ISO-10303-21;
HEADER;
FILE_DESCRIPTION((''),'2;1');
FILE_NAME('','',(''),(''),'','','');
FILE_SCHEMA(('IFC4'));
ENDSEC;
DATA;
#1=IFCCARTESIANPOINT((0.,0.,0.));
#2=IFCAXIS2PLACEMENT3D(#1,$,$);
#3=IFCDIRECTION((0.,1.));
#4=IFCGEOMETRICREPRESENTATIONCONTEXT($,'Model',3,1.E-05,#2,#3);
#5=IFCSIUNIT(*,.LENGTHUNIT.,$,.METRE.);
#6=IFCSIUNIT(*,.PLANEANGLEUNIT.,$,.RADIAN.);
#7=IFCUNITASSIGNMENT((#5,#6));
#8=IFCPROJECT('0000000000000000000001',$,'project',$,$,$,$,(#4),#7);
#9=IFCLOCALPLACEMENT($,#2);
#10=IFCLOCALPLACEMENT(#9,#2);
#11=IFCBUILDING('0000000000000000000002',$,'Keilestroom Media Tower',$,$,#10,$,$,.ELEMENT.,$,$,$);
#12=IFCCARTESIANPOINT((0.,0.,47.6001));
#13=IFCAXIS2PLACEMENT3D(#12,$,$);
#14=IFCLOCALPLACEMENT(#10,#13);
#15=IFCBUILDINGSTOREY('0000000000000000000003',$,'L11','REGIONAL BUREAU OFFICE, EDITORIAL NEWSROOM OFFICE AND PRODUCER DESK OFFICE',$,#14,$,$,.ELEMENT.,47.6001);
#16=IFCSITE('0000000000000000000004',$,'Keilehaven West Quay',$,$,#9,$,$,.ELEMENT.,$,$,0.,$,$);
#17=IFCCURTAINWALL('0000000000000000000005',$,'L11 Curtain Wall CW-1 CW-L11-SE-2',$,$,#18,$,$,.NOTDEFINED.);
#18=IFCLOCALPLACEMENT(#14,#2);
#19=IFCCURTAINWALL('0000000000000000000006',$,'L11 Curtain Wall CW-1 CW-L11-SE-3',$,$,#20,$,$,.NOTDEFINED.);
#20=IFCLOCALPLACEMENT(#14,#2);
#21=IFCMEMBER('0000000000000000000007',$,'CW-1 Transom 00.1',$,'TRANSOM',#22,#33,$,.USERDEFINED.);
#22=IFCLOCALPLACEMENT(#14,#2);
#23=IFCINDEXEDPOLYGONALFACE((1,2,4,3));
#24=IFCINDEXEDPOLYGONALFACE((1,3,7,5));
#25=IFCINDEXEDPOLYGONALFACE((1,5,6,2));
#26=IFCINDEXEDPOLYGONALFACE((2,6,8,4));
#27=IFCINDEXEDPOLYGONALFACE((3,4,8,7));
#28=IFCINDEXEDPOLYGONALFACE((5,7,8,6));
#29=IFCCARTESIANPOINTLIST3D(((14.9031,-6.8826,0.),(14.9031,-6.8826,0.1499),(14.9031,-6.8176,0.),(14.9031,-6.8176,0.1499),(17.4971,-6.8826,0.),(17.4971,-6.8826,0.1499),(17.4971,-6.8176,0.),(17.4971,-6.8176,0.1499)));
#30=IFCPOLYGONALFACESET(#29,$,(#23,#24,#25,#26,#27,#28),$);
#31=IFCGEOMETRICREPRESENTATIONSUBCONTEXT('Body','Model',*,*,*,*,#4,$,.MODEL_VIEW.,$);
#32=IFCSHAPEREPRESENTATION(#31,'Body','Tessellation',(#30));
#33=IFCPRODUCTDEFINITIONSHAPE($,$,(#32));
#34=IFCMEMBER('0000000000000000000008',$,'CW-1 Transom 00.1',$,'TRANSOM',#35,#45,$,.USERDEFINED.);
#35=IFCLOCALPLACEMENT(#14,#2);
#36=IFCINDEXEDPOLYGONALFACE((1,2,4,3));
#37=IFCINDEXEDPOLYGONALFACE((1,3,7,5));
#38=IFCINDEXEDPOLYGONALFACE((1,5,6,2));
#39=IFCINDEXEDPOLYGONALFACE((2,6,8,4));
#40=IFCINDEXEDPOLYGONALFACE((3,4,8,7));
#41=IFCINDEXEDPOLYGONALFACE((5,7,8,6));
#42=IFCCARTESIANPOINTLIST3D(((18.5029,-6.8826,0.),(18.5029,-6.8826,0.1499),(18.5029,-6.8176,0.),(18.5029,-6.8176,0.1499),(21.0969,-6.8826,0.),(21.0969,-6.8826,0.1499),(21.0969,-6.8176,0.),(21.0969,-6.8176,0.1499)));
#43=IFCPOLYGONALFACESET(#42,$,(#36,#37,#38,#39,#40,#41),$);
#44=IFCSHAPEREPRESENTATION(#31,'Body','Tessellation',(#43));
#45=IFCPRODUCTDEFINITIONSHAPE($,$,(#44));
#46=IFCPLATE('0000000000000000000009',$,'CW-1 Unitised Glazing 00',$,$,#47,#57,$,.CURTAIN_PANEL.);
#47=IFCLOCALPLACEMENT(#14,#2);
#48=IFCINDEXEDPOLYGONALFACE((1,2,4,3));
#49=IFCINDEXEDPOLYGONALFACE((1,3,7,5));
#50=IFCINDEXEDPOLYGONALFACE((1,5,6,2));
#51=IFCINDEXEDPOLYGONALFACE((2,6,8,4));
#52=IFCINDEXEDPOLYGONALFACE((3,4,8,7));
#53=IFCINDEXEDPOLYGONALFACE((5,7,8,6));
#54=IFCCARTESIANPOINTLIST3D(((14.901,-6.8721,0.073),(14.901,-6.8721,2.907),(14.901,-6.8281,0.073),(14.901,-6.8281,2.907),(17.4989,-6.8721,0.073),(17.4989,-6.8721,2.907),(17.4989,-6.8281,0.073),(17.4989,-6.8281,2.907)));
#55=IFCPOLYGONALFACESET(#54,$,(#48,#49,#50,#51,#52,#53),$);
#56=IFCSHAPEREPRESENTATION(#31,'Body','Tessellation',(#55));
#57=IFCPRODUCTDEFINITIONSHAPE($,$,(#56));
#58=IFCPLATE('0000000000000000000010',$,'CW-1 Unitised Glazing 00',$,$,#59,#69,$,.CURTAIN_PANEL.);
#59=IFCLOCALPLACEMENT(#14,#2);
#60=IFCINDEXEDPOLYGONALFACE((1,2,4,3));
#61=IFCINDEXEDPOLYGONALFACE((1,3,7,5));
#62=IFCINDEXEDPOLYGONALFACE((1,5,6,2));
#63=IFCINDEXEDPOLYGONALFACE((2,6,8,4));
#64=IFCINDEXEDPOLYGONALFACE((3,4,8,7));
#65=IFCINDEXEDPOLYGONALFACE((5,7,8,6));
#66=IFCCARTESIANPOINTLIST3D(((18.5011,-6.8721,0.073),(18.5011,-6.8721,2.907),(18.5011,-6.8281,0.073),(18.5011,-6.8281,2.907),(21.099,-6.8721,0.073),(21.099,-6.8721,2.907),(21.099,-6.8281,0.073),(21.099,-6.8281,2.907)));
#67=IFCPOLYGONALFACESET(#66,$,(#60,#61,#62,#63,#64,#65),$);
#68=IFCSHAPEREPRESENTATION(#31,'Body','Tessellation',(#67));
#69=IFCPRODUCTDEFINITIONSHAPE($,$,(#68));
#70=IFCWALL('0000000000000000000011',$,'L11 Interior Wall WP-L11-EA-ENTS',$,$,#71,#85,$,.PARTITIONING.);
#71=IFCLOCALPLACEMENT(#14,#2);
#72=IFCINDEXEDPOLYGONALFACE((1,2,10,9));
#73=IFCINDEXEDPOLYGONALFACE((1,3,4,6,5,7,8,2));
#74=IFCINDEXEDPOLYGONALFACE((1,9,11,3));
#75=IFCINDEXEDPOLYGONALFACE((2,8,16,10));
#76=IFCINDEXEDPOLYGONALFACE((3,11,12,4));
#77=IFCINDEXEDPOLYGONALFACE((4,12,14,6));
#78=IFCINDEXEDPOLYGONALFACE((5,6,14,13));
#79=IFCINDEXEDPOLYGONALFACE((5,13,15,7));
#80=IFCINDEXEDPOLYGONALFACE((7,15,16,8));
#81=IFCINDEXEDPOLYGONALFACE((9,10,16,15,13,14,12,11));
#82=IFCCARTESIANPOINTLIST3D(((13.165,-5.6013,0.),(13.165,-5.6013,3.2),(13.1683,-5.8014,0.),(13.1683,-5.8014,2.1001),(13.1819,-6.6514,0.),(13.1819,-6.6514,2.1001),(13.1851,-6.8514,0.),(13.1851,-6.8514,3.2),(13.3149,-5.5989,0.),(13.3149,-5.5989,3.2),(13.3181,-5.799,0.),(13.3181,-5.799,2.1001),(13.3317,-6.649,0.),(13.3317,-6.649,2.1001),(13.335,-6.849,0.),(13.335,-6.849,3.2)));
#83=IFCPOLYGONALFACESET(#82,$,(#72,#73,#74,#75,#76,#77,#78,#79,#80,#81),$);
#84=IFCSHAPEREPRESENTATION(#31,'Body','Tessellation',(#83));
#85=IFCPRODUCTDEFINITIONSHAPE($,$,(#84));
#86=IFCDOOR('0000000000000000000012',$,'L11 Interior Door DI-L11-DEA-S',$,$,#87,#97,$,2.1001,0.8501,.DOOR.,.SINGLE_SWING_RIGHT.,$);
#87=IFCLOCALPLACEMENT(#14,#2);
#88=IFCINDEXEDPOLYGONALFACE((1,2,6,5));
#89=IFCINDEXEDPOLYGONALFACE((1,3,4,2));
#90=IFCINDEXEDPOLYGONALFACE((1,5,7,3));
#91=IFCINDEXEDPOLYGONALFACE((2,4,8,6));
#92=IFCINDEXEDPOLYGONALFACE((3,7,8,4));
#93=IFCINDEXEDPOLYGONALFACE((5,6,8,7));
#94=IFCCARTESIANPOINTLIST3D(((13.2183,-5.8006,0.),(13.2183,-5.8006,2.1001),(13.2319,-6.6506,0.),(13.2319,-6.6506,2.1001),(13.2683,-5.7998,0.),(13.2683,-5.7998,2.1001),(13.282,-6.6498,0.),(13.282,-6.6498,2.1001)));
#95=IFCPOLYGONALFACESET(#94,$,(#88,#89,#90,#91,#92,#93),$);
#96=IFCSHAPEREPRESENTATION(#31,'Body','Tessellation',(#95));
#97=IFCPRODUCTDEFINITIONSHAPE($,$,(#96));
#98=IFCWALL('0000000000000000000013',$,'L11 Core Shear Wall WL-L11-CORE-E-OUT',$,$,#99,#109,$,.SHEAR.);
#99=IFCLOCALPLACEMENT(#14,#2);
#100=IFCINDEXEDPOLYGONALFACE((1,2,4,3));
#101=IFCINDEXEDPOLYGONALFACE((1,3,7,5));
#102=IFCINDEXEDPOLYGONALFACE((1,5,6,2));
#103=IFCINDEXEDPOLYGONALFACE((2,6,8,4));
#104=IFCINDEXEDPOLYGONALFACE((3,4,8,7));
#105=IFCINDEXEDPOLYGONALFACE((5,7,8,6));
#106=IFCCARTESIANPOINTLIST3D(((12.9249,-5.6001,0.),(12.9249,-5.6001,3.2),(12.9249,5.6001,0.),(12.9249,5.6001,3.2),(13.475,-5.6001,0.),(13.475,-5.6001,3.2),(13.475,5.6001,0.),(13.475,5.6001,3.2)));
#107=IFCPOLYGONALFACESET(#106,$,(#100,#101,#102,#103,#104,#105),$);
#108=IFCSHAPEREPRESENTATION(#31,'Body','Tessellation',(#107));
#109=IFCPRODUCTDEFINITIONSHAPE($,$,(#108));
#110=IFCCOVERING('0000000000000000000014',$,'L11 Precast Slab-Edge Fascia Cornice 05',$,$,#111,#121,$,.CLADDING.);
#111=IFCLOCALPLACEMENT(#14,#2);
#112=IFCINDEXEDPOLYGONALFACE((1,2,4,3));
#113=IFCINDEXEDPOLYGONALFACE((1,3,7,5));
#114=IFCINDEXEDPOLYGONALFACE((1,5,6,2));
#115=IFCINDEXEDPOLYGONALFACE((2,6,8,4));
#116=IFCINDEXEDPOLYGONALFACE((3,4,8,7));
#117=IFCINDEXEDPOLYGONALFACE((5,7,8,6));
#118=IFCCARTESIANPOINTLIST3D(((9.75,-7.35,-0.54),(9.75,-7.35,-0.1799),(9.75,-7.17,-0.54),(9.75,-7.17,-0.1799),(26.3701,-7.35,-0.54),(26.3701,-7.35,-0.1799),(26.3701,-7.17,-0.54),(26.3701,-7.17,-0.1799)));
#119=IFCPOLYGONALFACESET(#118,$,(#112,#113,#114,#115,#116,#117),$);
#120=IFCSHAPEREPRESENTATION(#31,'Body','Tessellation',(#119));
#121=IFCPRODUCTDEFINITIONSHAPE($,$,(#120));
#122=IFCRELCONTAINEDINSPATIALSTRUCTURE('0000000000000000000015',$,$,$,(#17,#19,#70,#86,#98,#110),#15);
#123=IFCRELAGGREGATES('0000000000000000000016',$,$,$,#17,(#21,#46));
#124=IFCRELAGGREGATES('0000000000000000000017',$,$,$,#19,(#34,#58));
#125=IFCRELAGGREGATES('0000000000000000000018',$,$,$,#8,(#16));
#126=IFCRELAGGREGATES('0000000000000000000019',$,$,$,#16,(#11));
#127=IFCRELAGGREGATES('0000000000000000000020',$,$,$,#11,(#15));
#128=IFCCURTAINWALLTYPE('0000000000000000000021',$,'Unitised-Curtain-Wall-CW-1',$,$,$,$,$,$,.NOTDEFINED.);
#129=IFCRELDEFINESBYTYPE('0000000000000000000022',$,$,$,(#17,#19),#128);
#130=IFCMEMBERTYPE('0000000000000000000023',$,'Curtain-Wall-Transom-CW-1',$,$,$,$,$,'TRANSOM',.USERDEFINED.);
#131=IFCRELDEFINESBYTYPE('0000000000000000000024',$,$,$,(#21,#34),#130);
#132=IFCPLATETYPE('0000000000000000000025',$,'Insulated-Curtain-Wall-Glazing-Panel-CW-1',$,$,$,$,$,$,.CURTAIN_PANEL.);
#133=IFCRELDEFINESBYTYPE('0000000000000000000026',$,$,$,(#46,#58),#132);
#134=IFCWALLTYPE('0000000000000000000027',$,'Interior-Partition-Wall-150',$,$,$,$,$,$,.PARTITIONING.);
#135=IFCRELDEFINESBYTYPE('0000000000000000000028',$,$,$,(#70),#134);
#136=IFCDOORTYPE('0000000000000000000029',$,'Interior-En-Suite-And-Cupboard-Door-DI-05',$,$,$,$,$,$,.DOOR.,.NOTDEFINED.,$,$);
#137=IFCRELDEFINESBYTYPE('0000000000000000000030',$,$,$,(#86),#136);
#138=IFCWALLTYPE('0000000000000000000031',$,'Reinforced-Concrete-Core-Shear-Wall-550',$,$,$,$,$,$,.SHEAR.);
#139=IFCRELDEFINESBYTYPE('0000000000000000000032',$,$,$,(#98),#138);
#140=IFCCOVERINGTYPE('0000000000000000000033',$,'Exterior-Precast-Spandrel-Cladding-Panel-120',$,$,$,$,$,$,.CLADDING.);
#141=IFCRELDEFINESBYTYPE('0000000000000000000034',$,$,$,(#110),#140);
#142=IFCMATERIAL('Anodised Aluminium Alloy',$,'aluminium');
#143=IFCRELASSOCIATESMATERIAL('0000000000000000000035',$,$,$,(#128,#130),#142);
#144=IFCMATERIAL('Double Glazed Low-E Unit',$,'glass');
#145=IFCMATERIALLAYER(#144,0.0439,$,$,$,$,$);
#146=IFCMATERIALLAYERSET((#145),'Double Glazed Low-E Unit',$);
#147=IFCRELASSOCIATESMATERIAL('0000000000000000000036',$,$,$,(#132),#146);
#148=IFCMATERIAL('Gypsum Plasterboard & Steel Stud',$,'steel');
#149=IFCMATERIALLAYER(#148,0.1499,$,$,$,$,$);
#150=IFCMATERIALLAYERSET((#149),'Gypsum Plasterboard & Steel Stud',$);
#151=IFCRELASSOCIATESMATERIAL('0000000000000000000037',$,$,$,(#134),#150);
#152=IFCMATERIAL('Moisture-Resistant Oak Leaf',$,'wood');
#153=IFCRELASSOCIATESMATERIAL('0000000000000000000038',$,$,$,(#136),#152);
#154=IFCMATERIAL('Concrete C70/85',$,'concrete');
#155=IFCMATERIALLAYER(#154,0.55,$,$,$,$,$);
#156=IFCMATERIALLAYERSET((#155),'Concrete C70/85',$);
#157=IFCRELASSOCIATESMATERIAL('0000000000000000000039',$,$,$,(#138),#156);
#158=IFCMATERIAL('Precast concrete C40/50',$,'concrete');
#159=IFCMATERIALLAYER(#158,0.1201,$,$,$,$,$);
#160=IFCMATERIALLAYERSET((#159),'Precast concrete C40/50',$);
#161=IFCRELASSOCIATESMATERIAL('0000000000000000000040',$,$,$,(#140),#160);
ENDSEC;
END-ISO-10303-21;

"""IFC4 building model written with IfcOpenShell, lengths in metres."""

from ifc_helpers import new_model, si_unit, direction, frame, frame_2d, origin, origin_2d, place, context, subcontext, project, spatial, rectangle, extrude, source, transform, mapped, material, layer, layer_set, material_profile, profile_set, type_object, element, fill, aggregate, save


model = new_model("IFC4")

# Units and contexts
model_context = context("Model", 3, precision=1e-05, world=origin(), true_north=direction((0.0, 1.0)))
body_context = subcontext(model_context, "Body", "Model", "MODEL_VIEW")
ifc_project = project(units=[si_unit("LENGTHUNIT", "METRE"), si_unit("PLANEANGLEUNIT", "RADIAN")], contexts=[model_context])

# Site, building, storey
site_placement = place(None, origin())
site = spatial("IfcSite", under=ifc_project, at=site_placement, Name="Keilehaven West Quay", CompositionType="ELEMENT", RefElevation=0.0)
building_placement = place(site_placement, origin())
building = spatial("IfcBuilding", under=site, at=building_placement, Name="Keilestroom Media Tower", CompositionType="ELEMENT")
storey_placement = place(building_placement, frame((0.0, 0.0, 47.6001)))
storey = spatial("IfcBuildingStorey", under=building, at=storey_placement, Name="L11", Description="REGIONAL BUREAU OFFICE, EDITORIAL NEWSROOM OFFICE AND PRODUCER DESK OFFICE", CompositionType="ELEMENT", Elevation=47.6001)

# Shared definitions
ifc_material_1 = material(Name="Precast concrete C40/50", Category="concrete")

# Shared definitions
ifc_material_2 = material(Name="Anodised Aluminium Alloy", Category="aluminium")
curtain_wall_type = type_object("IfcCurtainWallType", Name="Unitised-Curtain-Wall-CW-1", PredefinedType="NOTDEFINED", material=ifc_material_2)

# Curtain walls
curtain_wall_1_placement = place(storey_placement, origin())
curtain_wall_1 = element("IfcCurtainWall", 1, at=curtain_wall_1_placement, inside=storey, type_object=curtain_wall_type, Name="L11 Curtain Wall CW-1 CW-L11-SE-2", PredefinedType="NOTDEFINED")
curtain_wall_2_placement = place(storey_placement, origin())
curtain_wall_2 = element("IfcCurtainWall", 2, at=curtain_wall_2_placement, inside=storey, type_object=curtain_wall_type, Name="L11 Curtain Wall CW-1 CW-L11-SE-3", PredefinedType="NOTDEFINED")

# Members
ifc_material_profile_1 = material_profile(ifc_material_2, rectangle(XDim=0.0649, YDim=0.1499, at=origin_2d()), Name="ALU TRANSOM 65x150")
ifc_profile_set_1 = profile_set([ifc_material_profile_1], Name="Anodised Aluminium Alloy")
member_type_1 = type_object("IfcMemberType", Name="Curtain-Wall-Transom-CW-1", ElementType="TRANSOM", PredefinedType="USERDEFINED", material=ifc_profile_set_1)
shared_shape_1 = source(origin(), body_context, "Body", "SweptSolid", [
    extrude(rectangle(XDim=0.0649, YDim=0.1499, at=origin_2d()), origin(), (0.0, 0.0, 1.0), 2.594),
])
member_1_placement = place(storey_placement, frame((14.9031, -6.8501, 0.075), z_axis=(1.0, 0.0, 0.0), x_axis=(0.0, 1.0, 0.0)))
member_1 = element("IfcMember", 3, at=member_1_placement, type_object=member_type_1, Name="CW-1 Transom 00.1", ObjectType="TRANSOM", PredefinedType="USERDEFINED", context=body_context, shape_type="MappedRepresentation", body=[
    mapped(shared_shape_1, transform((0.0, 0.0, 0.0), x_axis=(1.0, 0.0, 0.0), y_axis=(0.0, 1.0, 0.0), z_axis=(0.0, 0.0, 1.0), scale=1.0)),
])
member_2_placement = place(storey_placement, frame((18.5029, -6.8501, 0.075), z_axis=(1.0, 0.0, 0.0), x_axis=(0.0, 1.0, 0.0)))
member_2 = element("IfcMember", 4, at=member_2_placement, type_object=member_type_1, Name="CW-1 Transom 00.1", ObjectType="TRANSOM", PredefinedType="USERDEFINED", context=body_context, shape_type="MappedRepresentation", body=[
    mapped(shared_shape_1, transform((0.0, 0.0, 0.0), x_axis=(1.0, 0.0, 0.0), y_axis=(0.0, 1.0, 0.0), z_axis=(0.0, 0.0, 1.0), scale=1.0)),
])

# Plates
ifc_material_3 = material(Name="Double Glazed Low-E Unit", Category="glass")
ifc_layer_1 = layer(ifc_material_3, 0.0439)
ifc_layer_set_1 = layer_set([ifc_layer_1], Name="Double Glazed Low-E Unit")
plate_type = type_object("IfcPlateType", Name="Insulated-Curtain-Wall-Glazing-Panel-CW-1", PredefinedType="CURTAIN_PANEL", material=ifc_layer_set_1)
shared_shape_2 = source(origin(), body_context, "Body", "SweptSolid", [
    extrude(rectangle(XDim=2.5979, YDim=0.0439, at=origin_2d()), origin(), (0.0, 0.0, 1.0), 2.834),
])
plate_1_placement = place(storey_placement, frame((16.2, -6.8501, 0.073), z_axis=(0.0, 0.0, 1.0), x_axis=(1.0, 0.0, 0.0)))
plate_1 = element("IfcPlate", 5, at=plate_1_placement, type_object=plate_type, Name="CW-1 Unitised Glazing 00", PredefinedType="CURTAIN_PANEL", context=body_context, shape_type="MappedRepresentation", body=[
    mapped(shared_shape_2, transform((0.0, 0.0, 0.0), x_axis=(1.0, 0.0, 0.0), y_axis=(0.0, 1.0, 0.0), z_axis=(0.0, 0.0, 1.0), scale=1.0)),
])
aggregate(curtain_wall_1, [member_1, plate_1])
plate_2_placement = place(storey_placement, frame((19.8, -6.8501, 0.073), z_axis=(0.0, 0.0, 1.0), x_axis=(1.0, 0.0, 0.0)))
plate_2 = element("IfcPlate", 6, at=plate_2_placement, type_object=plate_type, Name="CW-1 Unitised Glazing 00", PredefinedType="CURTAIN_PANEL", context=body_context, shape_type="MappedRepresentation", body=[
    mapped(shared_shape_2, transform((0.0, 0.0, 0.0), x_axis=(1.0, 0.0, 0.0), y_axis=(0.0, 1.0, 0.0), z_axis=(0.0, 0.0, 1.0), scale=1.0)),
])
aggregate(curtain_wall_2, [member_2, plate_2])

# Wall, opening, door
ifc_material_4 = material(Name="Gypsum Plasterboard & Steel Stud", Category="steel")
ifc_layer_2 = layer(ifc_material_4, 0.1499)
ifc_layer_set_2 = layer_set([ifc_layer_2], Name="Gypsum Plasterboard & Steel Stud")
wall_type_1 = type_object("IfcWallType", Name="Interior-Partition-Wall-150", PredefinedType="PARTITIONING", material=ifc_layer_set_2)
wall_1_placement = place(storey_placement, frame((13.26, -6.8501, 0.0), z_axis=(0.0, 0.0, 1.0), x_axis=(-0.016014, 0.999872, 0.0)))
wall_1 = element("IfcWall", 7, at=wall_1_placement, inside=storey, type_object=wall_type_1, Name="L11 Interior Wall WP-L11-EA-ENTS", PredefinedType="PARTITIONING", context=body_context, shape_type="SweptSolid", body=[
    extrude(rectangle(XDim=1.2502, YDim=0.1499, at=frame_2d((0.625, 0.0))), origin(), (0.0, 0.0, 1.0), 3.2),
])
opening_placement = place(wall_1_placement, frame((0.2, 0.0, 0.0)))
opening = element("IfcOpeningElement", 8, at=opening_placement, cuts=wall_1, PredefinedType="OPENING", context=body_context, shape_type="SweptSolid", body=[
    extrude(rectangle(XDim=0.8501, YDim=2.1001, at=frame_2d((0.425, 1.05))), frame((0.0, 0.085, 0.0), z_axis=(0.0, -1.0, 0.0), x_axis=(1.0, 0.0, 0.0)), (0.0, 0.0, 1.0), 0.1699),
])
ifc_material_5 = material(Name="Moisture-Resistant Oak Leaf", Category="wood")
door_type = type_object("IfcDoorType", Name="Interior-En-Suite-And-Cupboard-Door-DI-05", OperationType="NOTDEFINED", PredefinedType="DOOR", material=ifc_material_5)
shared_shape_3 = source(origin(), body_context, "Body", "SweptSolid", [
    extrude(rectangle(XDim=0.8501, YDim=2.1001, at=frame_2d((0.425, 1.05))), frame((0.0, 0.0249, 0.0), z_axis=(0.0, -1.0, 0.0), x_axis=(1.0, 0.0, 0.0)), (0.0, 0.0, 1.0), 0.05),
])
door_placement = place(opening_placement, origin())
door = element("IfcDoor", 9, at=door_placement, inside=storey, type_object=door_type, Name="L11 Interior Door DI-L11-DEA-S", OperationType="SINGLE_SWING_RIGHT", OverallHeight=2.1001, OverallWidth=0.8501, PredefinedType="DOOR", context=body_context, shape_type="MappedRepresentation", body=[
    mapped(shared_shape_3, transform((0.0, 0.0, 0.0), x_axis=(1.0, 0.0, 0.0), y_axis=(0.0, 1.0, 0.0), z_axis=(0.0, 0.0, 1.0), scale=1.0)),
])
fill(opening, door)

# Wall
ifc_material_6 = material(Name="Concrete C70/85", Category="concrete")
ifc_layer_3 = layer(ifc_material_6, 0.55)
ifc_layer_set_3 = layer_set([ifc_layer_3], Name="Concrete C70/85")
wall_type_2 = type_object("IfcWallType", Name="Reinforced-Concrete-Core-Shear-Wall-550", PredefinedType="SHEAR", material=ifc_layer_set_3)
wall_2_placement = place(storey_placement, frame((13.2, -5.6001, 0.0), z_axis=(0.0, 0.0, 1.0), x_axis=(0.0, 1.0, 0.0)))
element("IfcWall", 10, at=wall_2_placement, inside=storey, type_object=wall_type_2, Name="L11 Core Shear Wall WL-L11-CORE-E-OUT", PredefinedType="SHEAR", context=body_context, shape_type="SweptSolid", body=[
    extrude(rectangle(XDim=11.2002, YDim=0.55, at=frame_2d((5.6001, 0.0))), origin(), (0.0, 0.0, 1.0), 3.2),
])

# Covering
ifc_layer_4 = layer(ifc_material_1, 0.1201)
ifc_layer_set_4 = layer_set([ifc_layer_4], Name="Precast concrete C40/50")
covering_type = type_object("IfcCoveringType", Name="Exterior-Precast-Spandrel-Cladding-Panel-120", PredefinedType="CLADDING", material=ifc_layer_set_4)
shared_shape_4 = source(origin(), body_context, "Body", "SweptSolid", [
    extrude(rectangle(XDim=16.6201, YDim=0.1799, at=origin_2d()), origin(), (0.0, 0.0, 1.0), 0.3601),
])
covering_placement = place(storey_placement, frame((18.0601, -7.26, -0.54), z_axis=(0.0, 0.0, 1.0), x_axis=(-1.0, 0.0, 0.0)))
element("IfcCovering", 11, at=covering_placement, inside=storey, type_object=covering_type, Name="L11 Precast Slab-Edge Fascia Cornice 05", PredefinedType="CLADDING", context=body_context, shape_type="MappedRepresentation", body=[
    mapped(shared_shape_4, transform((0.0, 0.0, 0.0), x_axis=(1.0, 0.0, 0.0), y_axis=(0.0, 1.0, 0.0), z_axis=(0.0, 0.0, 1.0), scale=1.0)),
])

save(model, "model.ifc")
